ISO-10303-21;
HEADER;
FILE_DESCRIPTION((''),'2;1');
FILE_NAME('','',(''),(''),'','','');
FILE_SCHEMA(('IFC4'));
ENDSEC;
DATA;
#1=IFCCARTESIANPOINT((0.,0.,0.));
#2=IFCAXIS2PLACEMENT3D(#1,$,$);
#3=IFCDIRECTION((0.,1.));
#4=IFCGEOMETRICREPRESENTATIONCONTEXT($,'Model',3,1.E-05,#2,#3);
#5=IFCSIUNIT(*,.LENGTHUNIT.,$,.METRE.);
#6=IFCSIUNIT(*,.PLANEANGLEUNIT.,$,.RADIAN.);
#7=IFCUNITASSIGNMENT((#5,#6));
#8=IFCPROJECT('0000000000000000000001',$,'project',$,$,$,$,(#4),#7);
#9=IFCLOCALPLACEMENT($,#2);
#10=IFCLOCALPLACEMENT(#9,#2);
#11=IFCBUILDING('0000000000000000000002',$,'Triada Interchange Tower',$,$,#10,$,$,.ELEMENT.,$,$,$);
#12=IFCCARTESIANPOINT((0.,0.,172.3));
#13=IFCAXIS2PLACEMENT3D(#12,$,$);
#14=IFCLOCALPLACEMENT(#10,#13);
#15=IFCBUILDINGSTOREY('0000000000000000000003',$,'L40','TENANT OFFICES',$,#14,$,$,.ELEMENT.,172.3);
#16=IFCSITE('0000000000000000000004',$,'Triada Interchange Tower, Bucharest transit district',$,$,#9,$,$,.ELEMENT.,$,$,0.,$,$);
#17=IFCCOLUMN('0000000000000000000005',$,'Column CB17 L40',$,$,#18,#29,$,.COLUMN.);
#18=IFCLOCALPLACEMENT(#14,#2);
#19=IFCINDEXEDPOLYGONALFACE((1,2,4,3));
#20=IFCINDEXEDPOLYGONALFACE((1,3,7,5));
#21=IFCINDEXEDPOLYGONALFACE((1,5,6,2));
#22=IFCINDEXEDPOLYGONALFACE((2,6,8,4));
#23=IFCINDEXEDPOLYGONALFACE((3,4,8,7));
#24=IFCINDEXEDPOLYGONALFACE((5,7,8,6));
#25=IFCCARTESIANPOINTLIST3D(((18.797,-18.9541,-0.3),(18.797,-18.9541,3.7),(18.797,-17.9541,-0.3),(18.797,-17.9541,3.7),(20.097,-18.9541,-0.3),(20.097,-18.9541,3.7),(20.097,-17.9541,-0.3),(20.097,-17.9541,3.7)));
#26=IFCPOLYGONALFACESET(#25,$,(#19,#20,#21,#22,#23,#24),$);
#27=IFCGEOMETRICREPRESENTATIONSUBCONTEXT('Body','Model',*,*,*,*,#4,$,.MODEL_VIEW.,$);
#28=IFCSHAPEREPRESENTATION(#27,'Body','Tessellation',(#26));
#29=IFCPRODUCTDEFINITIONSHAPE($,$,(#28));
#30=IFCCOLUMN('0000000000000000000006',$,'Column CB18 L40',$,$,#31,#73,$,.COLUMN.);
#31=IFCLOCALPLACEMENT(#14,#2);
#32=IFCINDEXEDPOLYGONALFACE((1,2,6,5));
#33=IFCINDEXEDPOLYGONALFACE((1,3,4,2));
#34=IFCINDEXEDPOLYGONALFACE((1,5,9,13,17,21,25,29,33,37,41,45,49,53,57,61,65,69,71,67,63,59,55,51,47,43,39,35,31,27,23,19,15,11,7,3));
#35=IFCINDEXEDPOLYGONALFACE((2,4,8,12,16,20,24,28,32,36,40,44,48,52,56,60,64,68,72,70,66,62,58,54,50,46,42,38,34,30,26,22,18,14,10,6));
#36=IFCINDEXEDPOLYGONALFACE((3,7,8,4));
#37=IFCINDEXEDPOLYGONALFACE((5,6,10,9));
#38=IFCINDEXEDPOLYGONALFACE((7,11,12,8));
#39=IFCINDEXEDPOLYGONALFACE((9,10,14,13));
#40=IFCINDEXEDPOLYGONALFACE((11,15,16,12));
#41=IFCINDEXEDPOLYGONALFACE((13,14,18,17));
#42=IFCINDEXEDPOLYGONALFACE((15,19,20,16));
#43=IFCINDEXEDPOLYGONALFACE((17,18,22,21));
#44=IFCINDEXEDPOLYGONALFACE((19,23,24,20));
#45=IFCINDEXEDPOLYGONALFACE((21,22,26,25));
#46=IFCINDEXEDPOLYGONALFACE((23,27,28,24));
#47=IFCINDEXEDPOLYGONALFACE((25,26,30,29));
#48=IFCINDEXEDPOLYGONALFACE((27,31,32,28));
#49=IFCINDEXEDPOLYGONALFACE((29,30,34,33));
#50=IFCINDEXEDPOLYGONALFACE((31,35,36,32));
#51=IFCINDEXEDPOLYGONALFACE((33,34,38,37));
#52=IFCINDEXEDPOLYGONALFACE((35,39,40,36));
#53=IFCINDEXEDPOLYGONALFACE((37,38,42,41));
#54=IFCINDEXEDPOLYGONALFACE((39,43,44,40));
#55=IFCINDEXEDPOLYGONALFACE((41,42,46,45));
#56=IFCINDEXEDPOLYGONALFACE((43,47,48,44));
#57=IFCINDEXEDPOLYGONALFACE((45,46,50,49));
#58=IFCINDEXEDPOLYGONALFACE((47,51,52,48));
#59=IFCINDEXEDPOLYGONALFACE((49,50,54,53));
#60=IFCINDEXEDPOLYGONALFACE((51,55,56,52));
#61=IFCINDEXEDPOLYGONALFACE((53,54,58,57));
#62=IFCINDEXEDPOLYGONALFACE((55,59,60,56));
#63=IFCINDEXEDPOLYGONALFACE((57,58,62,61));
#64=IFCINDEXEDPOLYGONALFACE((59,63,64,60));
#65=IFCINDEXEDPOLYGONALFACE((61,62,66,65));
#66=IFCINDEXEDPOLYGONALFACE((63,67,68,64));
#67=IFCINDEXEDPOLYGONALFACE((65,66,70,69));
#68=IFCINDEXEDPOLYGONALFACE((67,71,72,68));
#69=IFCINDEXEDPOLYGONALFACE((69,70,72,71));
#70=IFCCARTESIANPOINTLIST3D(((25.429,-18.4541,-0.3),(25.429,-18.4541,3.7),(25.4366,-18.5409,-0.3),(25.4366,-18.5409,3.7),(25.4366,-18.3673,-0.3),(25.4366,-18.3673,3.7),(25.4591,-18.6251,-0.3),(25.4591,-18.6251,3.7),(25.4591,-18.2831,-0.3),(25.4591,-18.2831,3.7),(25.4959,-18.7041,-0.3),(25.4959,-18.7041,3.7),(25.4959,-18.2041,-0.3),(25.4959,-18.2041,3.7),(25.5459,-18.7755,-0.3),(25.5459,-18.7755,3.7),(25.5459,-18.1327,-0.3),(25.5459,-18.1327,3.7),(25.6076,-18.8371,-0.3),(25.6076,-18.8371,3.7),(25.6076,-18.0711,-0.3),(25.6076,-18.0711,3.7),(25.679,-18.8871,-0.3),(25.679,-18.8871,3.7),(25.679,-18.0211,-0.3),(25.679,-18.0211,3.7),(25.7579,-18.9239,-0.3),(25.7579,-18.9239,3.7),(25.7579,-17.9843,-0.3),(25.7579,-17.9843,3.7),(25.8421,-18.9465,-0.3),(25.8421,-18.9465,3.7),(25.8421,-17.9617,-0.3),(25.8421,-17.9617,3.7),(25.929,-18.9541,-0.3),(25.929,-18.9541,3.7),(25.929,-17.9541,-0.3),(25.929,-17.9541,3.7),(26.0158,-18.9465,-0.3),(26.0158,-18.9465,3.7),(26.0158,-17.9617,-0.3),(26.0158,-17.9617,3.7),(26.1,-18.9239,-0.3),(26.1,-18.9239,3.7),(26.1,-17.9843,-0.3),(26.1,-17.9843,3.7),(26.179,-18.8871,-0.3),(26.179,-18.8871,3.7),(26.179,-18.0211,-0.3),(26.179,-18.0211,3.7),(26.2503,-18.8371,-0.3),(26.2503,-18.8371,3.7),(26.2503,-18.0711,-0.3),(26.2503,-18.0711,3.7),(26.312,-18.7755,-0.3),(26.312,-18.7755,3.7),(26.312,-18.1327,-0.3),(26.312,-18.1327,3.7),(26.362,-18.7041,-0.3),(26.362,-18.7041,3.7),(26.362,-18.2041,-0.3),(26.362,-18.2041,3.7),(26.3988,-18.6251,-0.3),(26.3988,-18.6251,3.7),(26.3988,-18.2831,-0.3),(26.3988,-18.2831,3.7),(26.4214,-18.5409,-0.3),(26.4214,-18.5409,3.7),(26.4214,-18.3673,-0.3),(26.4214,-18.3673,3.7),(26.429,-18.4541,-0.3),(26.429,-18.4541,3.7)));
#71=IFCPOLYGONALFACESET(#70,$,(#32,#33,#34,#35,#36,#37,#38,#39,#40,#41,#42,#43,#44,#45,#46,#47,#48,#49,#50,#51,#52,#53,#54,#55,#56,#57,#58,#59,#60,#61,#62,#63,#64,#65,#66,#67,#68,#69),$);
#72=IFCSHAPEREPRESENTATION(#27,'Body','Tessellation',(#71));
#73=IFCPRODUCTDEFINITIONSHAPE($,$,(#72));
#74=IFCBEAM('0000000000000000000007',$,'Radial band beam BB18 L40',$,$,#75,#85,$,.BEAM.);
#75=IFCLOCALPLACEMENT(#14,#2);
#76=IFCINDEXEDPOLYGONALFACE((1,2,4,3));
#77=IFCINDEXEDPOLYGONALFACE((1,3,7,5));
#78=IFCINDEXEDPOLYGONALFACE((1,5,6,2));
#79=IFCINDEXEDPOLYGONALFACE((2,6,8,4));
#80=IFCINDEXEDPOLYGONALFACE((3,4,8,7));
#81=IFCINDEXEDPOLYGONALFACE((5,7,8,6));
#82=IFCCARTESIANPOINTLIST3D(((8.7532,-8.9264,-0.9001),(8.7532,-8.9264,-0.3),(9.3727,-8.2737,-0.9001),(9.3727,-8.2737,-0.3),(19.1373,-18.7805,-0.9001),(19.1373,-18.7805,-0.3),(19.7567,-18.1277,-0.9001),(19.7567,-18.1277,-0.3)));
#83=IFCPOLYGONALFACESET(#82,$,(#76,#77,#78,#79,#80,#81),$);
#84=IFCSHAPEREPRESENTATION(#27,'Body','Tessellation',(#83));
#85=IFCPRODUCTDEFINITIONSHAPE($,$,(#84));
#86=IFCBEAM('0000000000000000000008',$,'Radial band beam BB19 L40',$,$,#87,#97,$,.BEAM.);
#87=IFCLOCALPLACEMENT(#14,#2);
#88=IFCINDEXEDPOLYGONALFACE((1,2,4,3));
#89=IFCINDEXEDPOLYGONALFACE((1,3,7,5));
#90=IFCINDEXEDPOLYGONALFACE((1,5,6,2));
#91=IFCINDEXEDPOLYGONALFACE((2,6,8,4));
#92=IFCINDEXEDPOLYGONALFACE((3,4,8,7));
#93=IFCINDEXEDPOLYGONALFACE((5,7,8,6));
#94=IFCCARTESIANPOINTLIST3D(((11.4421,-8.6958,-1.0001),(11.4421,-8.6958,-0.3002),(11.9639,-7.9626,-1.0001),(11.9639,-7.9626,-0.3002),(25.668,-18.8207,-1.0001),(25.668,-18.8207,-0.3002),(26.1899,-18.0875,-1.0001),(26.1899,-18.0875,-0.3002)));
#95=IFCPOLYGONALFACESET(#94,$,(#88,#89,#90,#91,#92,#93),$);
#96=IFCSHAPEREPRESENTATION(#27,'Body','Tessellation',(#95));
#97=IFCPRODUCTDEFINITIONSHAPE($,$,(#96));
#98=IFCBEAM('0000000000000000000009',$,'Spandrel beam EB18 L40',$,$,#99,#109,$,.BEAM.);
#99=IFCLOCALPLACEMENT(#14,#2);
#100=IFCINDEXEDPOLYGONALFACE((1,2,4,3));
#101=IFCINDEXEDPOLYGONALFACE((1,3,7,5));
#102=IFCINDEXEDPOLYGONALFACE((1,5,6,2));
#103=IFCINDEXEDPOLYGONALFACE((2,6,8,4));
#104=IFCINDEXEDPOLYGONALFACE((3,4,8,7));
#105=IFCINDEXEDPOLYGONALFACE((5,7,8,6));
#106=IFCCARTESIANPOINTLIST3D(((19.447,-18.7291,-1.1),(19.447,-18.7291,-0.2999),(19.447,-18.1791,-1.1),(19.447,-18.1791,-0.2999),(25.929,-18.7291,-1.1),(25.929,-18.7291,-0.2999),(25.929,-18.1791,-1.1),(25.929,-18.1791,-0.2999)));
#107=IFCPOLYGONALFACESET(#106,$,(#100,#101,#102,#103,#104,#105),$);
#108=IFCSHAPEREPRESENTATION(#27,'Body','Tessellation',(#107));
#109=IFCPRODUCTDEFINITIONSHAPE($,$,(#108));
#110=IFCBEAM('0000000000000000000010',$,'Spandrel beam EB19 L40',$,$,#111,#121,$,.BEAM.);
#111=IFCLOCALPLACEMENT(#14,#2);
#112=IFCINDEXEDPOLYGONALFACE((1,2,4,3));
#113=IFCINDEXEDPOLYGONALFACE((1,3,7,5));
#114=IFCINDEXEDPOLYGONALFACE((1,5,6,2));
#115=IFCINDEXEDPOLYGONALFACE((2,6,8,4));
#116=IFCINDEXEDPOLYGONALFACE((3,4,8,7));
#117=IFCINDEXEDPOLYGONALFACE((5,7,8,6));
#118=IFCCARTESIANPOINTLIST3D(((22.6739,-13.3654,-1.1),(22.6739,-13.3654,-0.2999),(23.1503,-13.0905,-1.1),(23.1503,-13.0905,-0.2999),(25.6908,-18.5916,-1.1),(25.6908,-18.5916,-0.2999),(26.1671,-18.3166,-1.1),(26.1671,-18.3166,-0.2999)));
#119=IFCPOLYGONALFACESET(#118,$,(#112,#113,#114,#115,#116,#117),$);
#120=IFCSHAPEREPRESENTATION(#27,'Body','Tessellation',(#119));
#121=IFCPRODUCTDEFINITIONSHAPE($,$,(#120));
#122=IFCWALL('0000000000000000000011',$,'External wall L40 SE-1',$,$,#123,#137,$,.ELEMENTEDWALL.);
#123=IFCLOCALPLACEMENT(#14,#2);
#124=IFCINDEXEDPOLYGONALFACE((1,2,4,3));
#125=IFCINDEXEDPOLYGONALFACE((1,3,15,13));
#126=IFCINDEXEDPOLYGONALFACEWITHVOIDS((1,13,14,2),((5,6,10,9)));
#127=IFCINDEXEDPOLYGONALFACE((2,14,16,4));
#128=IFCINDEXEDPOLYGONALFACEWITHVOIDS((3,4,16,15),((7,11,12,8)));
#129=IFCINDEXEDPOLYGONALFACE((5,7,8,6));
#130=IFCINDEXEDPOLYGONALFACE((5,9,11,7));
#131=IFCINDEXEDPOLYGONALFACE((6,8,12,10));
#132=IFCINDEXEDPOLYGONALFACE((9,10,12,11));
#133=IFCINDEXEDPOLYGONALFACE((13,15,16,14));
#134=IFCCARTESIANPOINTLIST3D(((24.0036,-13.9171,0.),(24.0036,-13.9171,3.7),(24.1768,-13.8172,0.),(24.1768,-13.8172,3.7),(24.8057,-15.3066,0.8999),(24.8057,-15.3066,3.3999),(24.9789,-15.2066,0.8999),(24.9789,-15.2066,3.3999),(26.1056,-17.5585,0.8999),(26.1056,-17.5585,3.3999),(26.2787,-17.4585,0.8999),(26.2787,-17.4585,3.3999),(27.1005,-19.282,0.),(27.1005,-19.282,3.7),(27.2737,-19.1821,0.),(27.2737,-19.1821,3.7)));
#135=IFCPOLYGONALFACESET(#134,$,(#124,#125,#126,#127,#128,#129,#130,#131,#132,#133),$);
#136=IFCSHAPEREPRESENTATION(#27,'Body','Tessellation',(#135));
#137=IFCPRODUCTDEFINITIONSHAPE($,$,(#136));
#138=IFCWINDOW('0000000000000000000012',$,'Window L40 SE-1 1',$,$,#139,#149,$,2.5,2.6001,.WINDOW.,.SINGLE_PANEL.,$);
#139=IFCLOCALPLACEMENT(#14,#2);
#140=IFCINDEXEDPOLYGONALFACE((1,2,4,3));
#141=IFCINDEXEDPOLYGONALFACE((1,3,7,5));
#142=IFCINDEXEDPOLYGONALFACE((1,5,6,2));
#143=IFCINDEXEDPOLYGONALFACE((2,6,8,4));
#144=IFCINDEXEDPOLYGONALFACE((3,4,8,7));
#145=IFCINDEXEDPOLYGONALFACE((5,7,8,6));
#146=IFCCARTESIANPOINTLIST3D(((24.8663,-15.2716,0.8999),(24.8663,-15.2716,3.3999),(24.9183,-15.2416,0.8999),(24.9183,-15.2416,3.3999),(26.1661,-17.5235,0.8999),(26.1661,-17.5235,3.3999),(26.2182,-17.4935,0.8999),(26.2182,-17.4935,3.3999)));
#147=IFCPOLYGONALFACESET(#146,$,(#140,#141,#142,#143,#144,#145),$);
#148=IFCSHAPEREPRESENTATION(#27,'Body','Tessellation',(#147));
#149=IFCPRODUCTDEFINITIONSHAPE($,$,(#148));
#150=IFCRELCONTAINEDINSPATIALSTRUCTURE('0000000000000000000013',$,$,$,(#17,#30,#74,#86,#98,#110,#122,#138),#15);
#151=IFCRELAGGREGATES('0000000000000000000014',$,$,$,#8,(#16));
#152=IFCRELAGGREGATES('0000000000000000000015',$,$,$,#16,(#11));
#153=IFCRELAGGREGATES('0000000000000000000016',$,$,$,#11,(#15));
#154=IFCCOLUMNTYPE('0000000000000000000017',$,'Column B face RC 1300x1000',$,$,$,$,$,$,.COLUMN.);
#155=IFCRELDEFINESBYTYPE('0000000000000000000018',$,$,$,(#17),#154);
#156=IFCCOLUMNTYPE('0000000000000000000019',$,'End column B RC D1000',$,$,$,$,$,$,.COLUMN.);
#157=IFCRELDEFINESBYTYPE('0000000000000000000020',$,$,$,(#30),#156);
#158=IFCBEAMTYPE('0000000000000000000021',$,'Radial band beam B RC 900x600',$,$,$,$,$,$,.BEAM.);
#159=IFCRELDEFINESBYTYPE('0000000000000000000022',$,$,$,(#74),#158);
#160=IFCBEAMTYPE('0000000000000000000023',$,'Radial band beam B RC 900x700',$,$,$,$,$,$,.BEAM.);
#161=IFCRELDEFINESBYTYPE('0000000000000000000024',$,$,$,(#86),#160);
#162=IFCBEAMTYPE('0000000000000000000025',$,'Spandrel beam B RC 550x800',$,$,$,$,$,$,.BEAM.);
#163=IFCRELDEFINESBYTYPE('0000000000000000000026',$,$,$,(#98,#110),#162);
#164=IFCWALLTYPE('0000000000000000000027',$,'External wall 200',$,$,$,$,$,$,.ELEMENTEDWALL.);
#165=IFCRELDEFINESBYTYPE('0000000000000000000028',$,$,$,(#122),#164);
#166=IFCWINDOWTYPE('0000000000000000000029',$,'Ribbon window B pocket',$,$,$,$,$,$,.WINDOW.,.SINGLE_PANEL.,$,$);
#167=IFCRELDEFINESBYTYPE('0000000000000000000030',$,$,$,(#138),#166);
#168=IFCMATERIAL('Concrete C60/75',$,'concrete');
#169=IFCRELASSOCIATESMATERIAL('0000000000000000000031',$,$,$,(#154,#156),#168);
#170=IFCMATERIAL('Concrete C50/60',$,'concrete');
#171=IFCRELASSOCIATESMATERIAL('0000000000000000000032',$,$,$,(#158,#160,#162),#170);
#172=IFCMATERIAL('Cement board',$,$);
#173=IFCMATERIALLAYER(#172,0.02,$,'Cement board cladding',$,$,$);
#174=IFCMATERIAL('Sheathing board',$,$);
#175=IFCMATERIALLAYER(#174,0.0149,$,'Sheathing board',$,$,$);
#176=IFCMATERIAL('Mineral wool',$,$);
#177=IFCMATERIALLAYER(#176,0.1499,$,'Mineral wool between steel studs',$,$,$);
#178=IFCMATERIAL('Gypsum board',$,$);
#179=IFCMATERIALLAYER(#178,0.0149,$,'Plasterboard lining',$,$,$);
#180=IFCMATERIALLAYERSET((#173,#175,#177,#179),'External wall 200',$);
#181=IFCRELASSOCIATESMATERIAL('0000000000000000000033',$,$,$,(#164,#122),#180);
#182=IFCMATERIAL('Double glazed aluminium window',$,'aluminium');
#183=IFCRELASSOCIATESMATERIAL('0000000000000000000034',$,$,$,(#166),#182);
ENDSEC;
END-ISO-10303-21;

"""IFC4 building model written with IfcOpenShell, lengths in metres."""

from ifc_helpers import new_model, si_unit, direction, frame, frame_2d, origin, origin_2d, place, context, subcontext, project, spatial, rectangle, circle, extrude, material, layer, layer_set, layer_usage, material_profile, profile_set, type_object, element, fill, save


model = new_model("IFC4")

# Units and contexts
model_context = context("Model", 3, precision=1e-05, world=origin(), true_north=direction((0.0, 1.0)))
body_context = subcontext(model_context, "Body", "Model", "MODEL_VIEW")
ifc_project = project(units=[si_unit("LENGTHUNIT", "METRE"), si_unit("PLANEANGLEUNIT", "RADIAN")], contexts=[model_context])

# Site, building, storey
site_placement = place(None, origin())
site = spatial("IfcSite", under=ifc_project, at=site_placement, Name="Triada Interchange Tower, Bucharest transit district", CompositionType="ELEMENT", RefElevation=0.0)
building_placement = place(site_placement, origin())
building = spatial("IfcBuilding", under=site, at=building_placement, Name="Triada Interchange Tower", CompositionType="ELEMENT")
storey_placement = place(building_placement, frame((0.0, 0.0, 172.3)))
storey = spatial("IfcBuildingStorey", under=building, at=storey_placement, Name="L40", Description="TENANT OFFICES", CompositionType="ELEMENT", Elevation=172.3)

# Columns
ifc_material_1 = material(Name="Concrete C60/75", Category="concrete")
ifc_material_profile_1 = material_profile(ifc_material_1, rectangle(XDim=1.3, YDim=1.0, at=origin_2d()), Name="RC 1300x1000")
ifc_profile_set_1 = profile_set([ifc_material_profile_1], Name="Concrete C60/75")
column_type_1 = type_object("IfcColumnType", Name="Column B face RC 1300x1000", PredefinedType="COLUMN", material=ifc_profile_set_1)
column_1_placement = place(storey_placement, frame((19.447, -18.4541, -0.3), z_axis=(0.0, 0.0, 1.0), x_axis=(1.0, 0.0, 0.0)))
element("IfcColumn", 1, at=column_1_placement, inside=storey, type_object=column_type_1, Name="Column CB17 L40", PredefinedType="COLUMN", context=body_context, shape_type="SweptSolid", body=[
    extrude(rectangle(XDim=1.3, YDim=1.0, at=origin_2d()), origin(), (0.0, 0.0, 1.0), 4.0),
])
ifc_material_profile_2 = material_profile(ifc_material_1, circle(Radius=0.5, at=origin_2d()), Name="RC D1000")
ifc_profile_set_2 = profile_set([ifc_material_profile_2], Name="Concrete C60/75")
column_type_2 = type_object("IfcColumnType", Name="End column B RC D1000", PredefinedType="COLUMN", material=ifc_profile_set_2)
column_2_placement = place(storey_placement, frame((25.929, -18.4541, -0.3), z_axis=(0.0, 0.0, 1.0), x_axis=(1.0, 0.0, 0.0)))
element("IfcColumn", 2, at=column_2_placement, inside=storey, type_object=column_type_2, Name="Column CB18 L40", PredefinedType="COLUMN", context=body_context, shape_type="SweptSolid", body=[
    extrude(circle(Radius=0.5, at=origin_2d()), origin(), (0.0, 0.0, 1.0), 4.0),
])

# Beams
ifc_material_2 = material(Name="Concrete C50/60", Category="concrete")
ifc_material_profile_3 = material_profile(ifc_material_2, rectangle(XDim=0.8999, YDim=0.6001, at=origin_2d()), Name="RC 900x600")
ifc_profile_set_3 = profile_set([ifc_material_profile_3], Name="Concrete C50/60")
beam_type_1 = type_object("IfcBeamType", Name="Radial band beam B RC 900x600", PredefinedType="BEAM", material=ifc_profile_set_3)
beam_1_placement = place(storey_placement, frame((19.447, -18.4541, -0.6001), z_axis=(-0.725377, 0.688352, 0.0), x_axis=(-0.688352, -0.725377, 0.0)))
element("IfcBeam", 3, at=beam_1_placement, inside=storey, type_object=beam_type_1, Name="Radial band beam BB18 L40", PredefinedType="BEAM", context=body_context, shape_type="SweptSolid", body=[
    extrude(rectangle(XDim=0.8999, YDim=0.6001, at=origin_2d()), origin(), (0.0, 0.0, 1.0), 14.3154),
])
ifc_material_profile_4 = material_profile(ifc_material_2, rectangle(XDim=0.8999, YDim=0.7, at=origin_2d()), Name="RC 900x700")
ifc_profile_set_4 = profile_set([ifc_material_profile_4], Name="Concrete C50/60")
beam_type_2 = type_object("IfcBeamType", Name="Radial band beam B RC 900x700", PredefinedType="BEAM", material=ifc_profile_set_4)
beam_2_placement = place(storey_placement, frame((25.929, -18.4541, -0.6501), z_axis=(-0.81472, 0.579854, 0.0), x_axis=(-0.579854, -0.81472, 0.0)))
element("IfcBeam", 4, at=beam_2_placement, inside=storey, type_object=beam_type_2, Name="Radial band beam BB19 L40", PredefinedType="BEAM", context=body_context, shape_type="SweptSolid", body=[
    extrude(rectangle(XDim=0.8999, YDim=0.7, at=origin_2d()), origin(), (0.0, 0.0, 1.0), 17.4612),
])
ifc_material_profile_5 = material_profile(ifc_material_2, rectangle(XDim=0.55, YDim=0.8, at=origin_2d()), Name="RC 550x800")
ifc_profile_set_5 = profile_set([ifc_material_profile_5], Name="Concrete C50/60")
beam_type_3 = type_object("IfcBeamType", Name="Spandrel beam B RC 550x800", PredefinedType="BEAM", material=ifc_profile_set_5)
beam_3_placement = place(storey_placement, frame((19.447, -18.4541, -0.7), z_axis=(1.0, 0.0, 0.0), x_axis=(0.0, 1.0, 0.0)))
element("IfcBeam", 5, at=beam_3_placement, inside=storey, type_object=beam_type_3, Name="Spandrel beam EB18 L40", PredefinedType="BEAM", context=body_context, shape_type="SweptSolid", body=[
    extrude(rectangle(XDim=0.55, YDim=0.8, at=origin_2d()), origin(), (0.0, 0.0, 1.0), 6.4819),
])
beam_4_placement = place(storey_placement, frame((25.929, -18.4541, -0.7), z_axis=(-0.499947, 0.866056, 0.0), x_axis=(-0.866056, -0.499947, 0.0)))
element("IfcBeam", 6, at=beam_4_placement, inside=storey, type_object=beam_type_3, Name="Spandrel beam EB19 L40", PredefinedType="BEAM", context=body_context, shape_type="SweptSolid", body=[
    extrude(rectangle(XDim=0.55, YDim=0.8, at=origin_2d()), origin(), (0.0, 0.0, 1.0), 6.0344),
])

# Wall, opening, window
ifc_material_3 = material(Name="Cement board")
ifc_layer_1 = layer(ifc_material_3, 0.02, Name="Cement board cladding")
ifc_material_4 = material(Name="Sheathing board")
ifc_layer_2 = layer(ifc_material_4, 0.0149, Name="Sheathing board")
ifc_material_5 = material(Name="Mineral wool")
ifc_layer_3 = layer(ifc_material_5, 0.1499, Name="Mineral wool between steel studs")
ifc_material_6 = material(Name="Gypsum board")
ifc_layer_4 = layer(ifc_material_6, 0.0149, Name="Plasterboard lining")
ifc_layer_set_1 = layer_set([ifc_layer_1, ifc_layer_2, ifc_layer_3, ifc_layer_4], Name="External wall 200")
ifc_layer_usage = layer_usage(ifc_layer_set_1, "AXIS2", "POSITIVE", -0.1001)
wall_type_1 = type_object("IfcWallType", Name="External wall 200", PredefinedType="ELEMENTEDWALL", material=ifc_layer_set_1)
wall_1_placement = place(storey_placement, frame((27.187, -19.2319, 0.0), z_axis=(0.0, 0.0, 1.0), x_axis=(-0.499933, 0.866064, 0.0)))
wall_1 = element("IfcWall", 7, at=wall_1_placement, inside=storey, type_object=wall_type_1, material=ifc_layer_usage, Name="External wall L40 SE-1", PredefinedType="ELEMENTEDWALL", context=body_context, shape_type="SweptSolid", body=[
    extrude(rectangle(XDim=6.1946, YDim=0.2, at=frame_2d((3.0972, 0.0))), origin(), (0.0, 0.0, 1.0), 3.7),
])
opening_1_placement = place(wall_1_placement, frame((1.99, 0.0, 0.8999)))
opening_1 = element("IfcOpeningElement", 8, at=opening_1_placement, cuts=wall_1, PredefinedType="OPENING", context=body_context, shape_type="SweptSolid", body=[
    extrude(rectangle(XDim=2.6001, YDim=2.5, at=frame_2d((1.3, 1.25))), frame((0.0, 0.1099, 0.0), z_axis=(0.0, -1.0, 0.0), x_axis=(1.0, 0.0, 0.0)), (0.0, 0.0, 1.0), 0.22),
])
ifc_material_7 = material(Name="Double glazed aluminium window", Category="aluminium")
window_type_1 = type_object("IfcWindowType", Name="Ribbon window B pocket", PartitioningType="SINGLE_PANEL", PredefinedType="WINDOW", material=ifc_material_7)
window_1_placement = place(opening_1_placement, origin())
window_1 = element("IfcWindow", 9, at=window_1_placement, inside=storey, type_object=window_type_1, Name="Window L40 SE-1 1", OverallHeight=2.5, OverallWidth=2.6001, PartitioningType="SINGLE_PANEL", PredefinedType="WINDOW", context=body_context, shape_type="SweptSolid", body=[
    extrude(rectangle(XDim=2.6001, YDim=2.5, at=frame_2d((1.3, 1.25))), frame((0.0, 0.03, 0.0), z_axis=(0.0, -1.0, 0.0), x_axis=(1.0, 0.0, 0.0)), (0.0, 0.0, 1.0), 0.0601),
])
fill(opening_1, window_1)

save(model, "model.ifc")
